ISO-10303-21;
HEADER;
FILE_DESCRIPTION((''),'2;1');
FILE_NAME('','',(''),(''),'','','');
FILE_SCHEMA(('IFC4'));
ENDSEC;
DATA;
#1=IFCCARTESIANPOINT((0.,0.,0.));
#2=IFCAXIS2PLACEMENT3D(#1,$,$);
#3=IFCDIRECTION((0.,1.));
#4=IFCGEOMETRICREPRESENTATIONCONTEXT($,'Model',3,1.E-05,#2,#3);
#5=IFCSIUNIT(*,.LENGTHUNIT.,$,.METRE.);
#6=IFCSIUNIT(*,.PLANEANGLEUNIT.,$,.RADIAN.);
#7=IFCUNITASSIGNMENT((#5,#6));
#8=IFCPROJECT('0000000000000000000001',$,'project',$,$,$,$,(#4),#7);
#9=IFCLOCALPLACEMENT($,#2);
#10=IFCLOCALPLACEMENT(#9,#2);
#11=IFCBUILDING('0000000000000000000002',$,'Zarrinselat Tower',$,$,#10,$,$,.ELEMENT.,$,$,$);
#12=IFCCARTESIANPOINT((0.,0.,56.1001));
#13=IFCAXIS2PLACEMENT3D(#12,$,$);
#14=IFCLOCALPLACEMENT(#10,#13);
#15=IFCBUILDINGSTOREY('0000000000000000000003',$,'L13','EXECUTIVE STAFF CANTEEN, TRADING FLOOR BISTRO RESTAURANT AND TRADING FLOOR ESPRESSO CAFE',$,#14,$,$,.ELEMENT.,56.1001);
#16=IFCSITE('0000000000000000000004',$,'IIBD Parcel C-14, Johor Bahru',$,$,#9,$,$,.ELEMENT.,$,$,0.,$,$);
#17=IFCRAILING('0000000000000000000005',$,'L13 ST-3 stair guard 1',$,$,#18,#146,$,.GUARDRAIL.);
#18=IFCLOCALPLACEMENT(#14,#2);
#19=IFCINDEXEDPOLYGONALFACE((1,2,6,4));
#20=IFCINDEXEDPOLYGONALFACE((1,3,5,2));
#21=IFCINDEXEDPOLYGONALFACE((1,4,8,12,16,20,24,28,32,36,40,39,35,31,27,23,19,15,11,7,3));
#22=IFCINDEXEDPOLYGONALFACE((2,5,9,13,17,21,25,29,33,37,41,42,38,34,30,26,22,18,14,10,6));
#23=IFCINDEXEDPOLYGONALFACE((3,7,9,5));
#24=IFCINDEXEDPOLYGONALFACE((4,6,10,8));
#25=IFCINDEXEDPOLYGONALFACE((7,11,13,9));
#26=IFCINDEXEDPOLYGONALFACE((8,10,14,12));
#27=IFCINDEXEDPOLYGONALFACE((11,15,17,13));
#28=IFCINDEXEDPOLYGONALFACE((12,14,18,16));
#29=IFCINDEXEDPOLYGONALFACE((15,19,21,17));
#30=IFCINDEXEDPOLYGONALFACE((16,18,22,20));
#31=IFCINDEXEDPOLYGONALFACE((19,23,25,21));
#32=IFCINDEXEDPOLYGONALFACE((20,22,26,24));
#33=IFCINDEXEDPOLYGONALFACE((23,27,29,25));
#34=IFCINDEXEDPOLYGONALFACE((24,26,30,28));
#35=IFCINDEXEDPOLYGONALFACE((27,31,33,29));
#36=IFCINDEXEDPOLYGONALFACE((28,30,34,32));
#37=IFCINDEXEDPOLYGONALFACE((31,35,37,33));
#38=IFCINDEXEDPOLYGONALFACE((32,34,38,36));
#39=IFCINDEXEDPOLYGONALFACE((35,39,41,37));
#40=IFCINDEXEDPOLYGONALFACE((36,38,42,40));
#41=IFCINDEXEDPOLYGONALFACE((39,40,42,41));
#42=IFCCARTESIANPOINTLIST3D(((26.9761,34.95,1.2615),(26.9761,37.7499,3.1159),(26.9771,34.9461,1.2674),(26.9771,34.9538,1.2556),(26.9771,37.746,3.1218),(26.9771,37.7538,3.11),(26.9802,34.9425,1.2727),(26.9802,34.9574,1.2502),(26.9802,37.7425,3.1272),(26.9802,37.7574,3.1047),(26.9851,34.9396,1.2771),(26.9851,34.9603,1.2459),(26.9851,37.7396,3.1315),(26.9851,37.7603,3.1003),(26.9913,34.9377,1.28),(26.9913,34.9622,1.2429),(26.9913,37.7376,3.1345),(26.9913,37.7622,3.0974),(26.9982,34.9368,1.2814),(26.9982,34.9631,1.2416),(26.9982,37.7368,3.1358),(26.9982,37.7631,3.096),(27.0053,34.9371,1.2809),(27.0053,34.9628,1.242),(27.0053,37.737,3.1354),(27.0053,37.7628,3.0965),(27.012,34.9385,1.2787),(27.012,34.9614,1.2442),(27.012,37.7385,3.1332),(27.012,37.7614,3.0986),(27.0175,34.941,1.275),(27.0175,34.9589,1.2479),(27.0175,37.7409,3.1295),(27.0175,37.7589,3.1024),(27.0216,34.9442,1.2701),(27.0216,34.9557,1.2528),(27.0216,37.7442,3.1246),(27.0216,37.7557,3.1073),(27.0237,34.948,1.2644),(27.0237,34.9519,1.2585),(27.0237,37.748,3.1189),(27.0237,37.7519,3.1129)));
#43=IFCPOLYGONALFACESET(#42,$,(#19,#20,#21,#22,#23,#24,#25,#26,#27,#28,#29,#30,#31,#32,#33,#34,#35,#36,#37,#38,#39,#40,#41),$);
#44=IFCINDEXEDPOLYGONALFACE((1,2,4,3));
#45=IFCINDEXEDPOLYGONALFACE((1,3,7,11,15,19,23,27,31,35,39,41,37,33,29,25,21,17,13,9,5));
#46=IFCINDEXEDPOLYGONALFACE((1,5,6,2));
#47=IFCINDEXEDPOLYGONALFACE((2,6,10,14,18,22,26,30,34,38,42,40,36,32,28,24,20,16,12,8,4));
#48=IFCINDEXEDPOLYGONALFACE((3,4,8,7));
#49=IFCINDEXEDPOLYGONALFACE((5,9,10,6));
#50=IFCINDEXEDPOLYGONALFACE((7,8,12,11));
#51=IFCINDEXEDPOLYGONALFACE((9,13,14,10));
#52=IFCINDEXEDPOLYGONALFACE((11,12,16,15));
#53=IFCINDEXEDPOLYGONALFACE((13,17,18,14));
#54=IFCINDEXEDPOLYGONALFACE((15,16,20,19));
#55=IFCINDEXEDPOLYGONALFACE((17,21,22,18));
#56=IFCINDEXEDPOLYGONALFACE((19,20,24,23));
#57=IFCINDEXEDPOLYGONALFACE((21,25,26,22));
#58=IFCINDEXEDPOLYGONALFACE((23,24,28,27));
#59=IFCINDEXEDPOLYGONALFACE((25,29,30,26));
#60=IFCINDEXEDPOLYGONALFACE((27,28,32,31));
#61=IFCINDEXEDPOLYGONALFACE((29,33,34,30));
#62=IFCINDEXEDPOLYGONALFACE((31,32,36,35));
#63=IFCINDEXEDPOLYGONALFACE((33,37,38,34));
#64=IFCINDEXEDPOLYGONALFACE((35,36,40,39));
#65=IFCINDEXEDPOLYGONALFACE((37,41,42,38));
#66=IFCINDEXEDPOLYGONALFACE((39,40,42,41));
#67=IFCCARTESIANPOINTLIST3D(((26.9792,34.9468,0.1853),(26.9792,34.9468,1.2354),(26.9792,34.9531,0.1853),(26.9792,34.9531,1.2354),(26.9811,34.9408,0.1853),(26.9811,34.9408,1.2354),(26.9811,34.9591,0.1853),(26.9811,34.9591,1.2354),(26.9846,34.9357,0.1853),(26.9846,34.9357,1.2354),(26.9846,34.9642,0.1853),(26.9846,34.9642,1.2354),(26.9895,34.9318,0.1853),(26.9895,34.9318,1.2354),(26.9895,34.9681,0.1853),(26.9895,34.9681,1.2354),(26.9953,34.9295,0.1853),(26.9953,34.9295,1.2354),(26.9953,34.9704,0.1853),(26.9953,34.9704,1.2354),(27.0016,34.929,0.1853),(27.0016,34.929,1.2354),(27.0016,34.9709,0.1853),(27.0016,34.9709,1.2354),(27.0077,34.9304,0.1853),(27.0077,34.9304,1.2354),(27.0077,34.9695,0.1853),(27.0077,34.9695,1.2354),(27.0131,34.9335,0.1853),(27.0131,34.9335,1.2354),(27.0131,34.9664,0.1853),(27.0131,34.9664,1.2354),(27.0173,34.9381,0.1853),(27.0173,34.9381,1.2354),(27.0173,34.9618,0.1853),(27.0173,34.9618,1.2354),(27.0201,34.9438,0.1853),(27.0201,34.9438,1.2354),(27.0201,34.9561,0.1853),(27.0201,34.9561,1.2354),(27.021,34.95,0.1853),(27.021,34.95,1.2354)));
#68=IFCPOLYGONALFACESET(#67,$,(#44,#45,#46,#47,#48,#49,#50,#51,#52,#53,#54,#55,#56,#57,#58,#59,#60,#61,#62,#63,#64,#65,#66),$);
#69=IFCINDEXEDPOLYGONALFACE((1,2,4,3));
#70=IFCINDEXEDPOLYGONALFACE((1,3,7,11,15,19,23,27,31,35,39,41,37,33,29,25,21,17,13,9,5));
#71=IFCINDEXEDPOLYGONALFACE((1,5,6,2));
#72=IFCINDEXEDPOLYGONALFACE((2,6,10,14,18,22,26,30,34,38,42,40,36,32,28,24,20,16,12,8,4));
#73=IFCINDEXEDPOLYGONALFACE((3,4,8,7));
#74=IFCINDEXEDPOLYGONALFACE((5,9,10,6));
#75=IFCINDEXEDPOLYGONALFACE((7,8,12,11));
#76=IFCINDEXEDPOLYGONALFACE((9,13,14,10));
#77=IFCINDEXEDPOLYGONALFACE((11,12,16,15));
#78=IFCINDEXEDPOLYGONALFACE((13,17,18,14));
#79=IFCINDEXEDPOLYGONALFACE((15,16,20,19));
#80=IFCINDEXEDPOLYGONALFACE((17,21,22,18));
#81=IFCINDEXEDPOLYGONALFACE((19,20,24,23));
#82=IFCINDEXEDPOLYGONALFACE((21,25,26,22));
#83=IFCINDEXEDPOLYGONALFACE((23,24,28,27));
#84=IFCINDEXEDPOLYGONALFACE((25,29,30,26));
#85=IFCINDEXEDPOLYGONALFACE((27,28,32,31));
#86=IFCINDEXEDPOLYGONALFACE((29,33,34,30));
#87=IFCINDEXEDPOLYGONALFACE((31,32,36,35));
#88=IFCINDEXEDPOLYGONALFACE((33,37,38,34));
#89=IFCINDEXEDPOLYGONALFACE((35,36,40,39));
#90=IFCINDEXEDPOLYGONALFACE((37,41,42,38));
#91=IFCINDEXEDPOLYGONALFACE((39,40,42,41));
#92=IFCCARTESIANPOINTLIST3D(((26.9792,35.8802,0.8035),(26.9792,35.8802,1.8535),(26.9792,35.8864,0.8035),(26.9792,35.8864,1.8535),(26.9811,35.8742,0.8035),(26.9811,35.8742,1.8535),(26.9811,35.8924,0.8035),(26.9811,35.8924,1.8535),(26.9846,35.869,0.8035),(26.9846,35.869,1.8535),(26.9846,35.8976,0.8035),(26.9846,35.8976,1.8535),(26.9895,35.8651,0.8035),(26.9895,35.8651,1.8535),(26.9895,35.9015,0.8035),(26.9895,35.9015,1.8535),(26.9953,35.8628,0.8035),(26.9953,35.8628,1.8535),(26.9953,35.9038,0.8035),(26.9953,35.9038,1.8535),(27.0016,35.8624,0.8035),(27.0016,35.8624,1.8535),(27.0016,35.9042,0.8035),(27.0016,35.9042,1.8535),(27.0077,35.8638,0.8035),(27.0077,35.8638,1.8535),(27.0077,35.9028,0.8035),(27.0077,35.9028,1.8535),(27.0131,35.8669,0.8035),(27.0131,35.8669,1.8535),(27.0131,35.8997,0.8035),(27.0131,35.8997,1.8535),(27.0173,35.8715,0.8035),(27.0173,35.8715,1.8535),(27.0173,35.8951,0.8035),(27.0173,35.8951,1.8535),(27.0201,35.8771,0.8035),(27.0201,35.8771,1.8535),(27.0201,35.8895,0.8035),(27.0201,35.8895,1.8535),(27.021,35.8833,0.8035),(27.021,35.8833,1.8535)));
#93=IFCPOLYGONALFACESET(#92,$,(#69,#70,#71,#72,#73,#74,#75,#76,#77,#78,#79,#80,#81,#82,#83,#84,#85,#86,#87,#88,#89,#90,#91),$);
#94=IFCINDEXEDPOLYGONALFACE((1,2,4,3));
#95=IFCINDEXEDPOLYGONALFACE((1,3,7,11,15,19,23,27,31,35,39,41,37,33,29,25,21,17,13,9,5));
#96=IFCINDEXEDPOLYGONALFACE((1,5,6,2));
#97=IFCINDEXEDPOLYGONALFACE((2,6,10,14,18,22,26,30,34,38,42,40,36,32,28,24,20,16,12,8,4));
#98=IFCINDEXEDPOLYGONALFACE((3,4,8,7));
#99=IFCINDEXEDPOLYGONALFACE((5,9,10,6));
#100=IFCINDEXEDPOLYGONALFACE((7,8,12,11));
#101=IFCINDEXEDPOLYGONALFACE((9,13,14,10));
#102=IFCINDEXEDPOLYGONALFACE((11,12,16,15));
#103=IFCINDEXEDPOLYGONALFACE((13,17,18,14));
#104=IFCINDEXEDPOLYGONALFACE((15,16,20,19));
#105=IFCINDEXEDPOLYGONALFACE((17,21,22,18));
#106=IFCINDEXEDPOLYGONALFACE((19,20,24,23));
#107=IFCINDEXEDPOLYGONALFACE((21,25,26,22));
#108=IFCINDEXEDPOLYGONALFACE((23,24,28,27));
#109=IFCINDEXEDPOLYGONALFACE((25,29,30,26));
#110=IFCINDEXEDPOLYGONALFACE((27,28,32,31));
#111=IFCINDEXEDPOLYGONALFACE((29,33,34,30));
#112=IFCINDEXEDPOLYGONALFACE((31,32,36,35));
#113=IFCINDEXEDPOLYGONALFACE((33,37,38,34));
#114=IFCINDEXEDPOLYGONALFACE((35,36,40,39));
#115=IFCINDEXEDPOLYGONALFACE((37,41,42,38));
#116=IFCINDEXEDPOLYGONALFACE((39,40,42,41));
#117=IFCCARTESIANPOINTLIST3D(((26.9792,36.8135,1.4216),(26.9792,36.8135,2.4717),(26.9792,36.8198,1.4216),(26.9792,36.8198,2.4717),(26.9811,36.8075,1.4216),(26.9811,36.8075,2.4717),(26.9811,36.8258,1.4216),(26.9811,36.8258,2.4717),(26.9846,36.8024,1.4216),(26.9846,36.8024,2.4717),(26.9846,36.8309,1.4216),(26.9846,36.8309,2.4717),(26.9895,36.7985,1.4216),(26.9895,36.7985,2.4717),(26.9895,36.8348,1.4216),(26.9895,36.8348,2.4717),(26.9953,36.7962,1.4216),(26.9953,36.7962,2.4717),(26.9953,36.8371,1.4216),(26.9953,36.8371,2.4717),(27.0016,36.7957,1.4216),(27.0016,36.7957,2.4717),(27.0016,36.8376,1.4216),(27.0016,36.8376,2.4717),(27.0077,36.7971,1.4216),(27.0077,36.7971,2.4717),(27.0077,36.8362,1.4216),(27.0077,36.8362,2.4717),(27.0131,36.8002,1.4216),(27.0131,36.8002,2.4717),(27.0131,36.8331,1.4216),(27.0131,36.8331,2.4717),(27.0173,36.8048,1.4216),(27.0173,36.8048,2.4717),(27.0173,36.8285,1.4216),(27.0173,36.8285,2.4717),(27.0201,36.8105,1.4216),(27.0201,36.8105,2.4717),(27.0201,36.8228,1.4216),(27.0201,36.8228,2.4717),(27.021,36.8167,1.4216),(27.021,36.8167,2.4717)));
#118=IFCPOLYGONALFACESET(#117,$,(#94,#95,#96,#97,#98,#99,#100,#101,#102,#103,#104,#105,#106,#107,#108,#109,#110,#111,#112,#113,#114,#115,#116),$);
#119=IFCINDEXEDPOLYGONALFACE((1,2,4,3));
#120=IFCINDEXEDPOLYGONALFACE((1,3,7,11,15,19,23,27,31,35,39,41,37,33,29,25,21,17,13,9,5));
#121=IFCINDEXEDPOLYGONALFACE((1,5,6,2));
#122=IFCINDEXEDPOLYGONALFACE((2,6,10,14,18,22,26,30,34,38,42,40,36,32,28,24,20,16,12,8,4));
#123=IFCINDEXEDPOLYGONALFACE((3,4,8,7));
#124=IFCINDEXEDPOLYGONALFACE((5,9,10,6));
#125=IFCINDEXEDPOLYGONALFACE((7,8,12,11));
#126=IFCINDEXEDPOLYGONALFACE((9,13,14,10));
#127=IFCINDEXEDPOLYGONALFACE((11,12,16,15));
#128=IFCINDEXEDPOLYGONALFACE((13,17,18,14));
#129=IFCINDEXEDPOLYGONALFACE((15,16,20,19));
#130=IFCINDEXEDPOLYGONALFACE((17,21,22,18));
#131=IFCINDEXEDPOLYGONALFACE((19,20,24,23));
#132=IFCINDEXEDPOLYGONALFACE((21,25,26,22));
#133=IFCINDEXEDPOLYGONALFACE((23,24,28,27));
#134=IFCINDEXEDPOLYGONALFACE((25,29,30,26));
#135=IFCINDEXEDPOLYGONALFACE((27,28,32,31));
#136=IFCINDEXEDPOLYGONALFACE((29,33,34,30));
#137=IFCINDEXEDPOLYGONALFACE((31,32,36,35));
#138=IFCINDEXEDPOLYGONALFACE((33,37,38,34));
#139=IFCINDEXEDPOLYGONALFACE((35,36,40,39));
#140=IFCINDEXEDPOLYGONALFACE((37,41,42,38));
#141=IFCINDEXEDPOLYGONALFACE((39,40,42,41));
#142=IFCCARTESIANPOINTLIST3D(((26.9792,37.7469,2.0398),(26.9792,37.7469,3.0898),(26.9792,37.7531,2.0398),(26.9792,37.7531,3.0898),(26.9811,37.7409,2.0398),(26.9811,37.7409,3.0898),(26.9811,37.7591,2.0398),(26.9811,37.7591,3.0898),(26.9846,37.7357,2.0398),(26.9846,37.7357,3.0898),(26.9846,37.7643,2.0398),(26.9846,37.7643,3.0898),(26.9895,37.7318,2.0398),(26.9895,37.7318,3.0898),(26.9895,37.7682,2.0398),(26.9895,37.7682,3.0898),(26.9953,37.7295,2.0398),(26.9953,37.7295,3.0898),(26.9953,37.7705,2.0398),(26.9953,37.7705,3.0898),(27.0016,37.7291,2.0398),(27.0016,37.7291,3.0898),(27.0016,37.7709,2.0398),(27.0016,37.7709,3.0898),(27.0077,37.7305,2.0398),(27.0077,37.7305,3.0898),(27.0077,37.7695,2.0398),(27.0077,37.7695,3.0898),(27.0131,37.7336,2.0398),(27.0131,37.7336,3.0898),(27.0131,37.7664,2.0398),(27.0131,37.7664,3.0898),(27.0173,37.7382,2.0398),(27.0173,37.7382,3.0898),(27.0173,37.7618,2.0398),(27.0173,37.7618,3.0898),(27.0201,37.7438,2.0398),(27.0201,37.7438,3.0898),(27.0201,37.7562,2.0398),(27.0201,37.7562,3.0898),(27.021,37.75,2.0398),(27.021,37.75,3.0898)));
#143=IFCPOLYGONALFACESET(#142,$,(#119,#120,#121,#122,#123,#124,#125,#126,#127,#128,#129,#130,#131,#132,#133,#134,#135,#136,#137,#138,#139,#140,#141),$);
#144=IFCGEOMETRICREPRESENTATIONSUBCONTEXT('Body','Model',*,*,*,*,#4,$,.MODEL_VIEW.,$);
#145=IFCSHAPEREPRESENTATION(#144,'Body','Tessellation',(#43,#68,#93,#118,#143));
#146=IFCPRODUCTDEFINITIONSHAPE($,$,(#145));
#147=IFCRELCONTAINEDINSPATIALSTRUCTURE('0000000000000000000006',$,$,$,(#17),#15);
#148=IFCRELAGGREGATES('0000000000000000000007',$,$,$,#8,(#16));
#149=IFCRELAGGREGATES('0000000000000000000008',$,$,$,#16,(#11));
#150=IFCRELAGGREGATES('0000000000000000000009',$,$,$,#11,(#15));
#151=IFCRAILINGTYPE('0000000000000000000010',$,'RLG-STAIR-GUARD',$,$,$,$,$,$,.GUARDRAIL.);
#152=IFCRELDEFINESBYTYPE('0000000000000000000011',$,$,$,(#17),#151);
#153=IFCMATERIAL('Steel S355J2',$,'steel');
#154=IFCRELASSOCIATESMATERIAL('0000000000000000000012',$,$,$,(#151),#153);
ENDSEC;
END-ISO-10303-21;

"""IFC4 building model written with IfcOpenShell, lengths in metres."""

from ifc_helpers import new_model, si_unit, direction, frame, origin, origin_2d, place, context, subcontext, project, spatial, circle, extrude, material, type_object, element, save


model = new_model("IFC4")

# Units and contexts
model_context = context("Model", 3, precision=1e-05, world=origin(), true_north=direction((0.0, 1.0)))
body_context = subcontext(model_context, "Body", "Model", "MODEL_VIEW")
ifc_project = project(units=[si_unit("LENGTHUNIT", "METRE"), si_unit("PLANEANGLEUNIT", "RADIAN")], contexts=[model_context])

# Site, building, storey
site_placement = place(None, origin())
site = spatial("IfcSite", under=ifc_project, at=site_placement, Name="IIBD Parcel C-14, Johor Bahru", CompositionType="ELEMENT", RefElevation=0.0)
building_placement = place(site_placement, origin())
building = spatial("IfcBuilding", under=site, at=building_placement, Name="Zarrinselat Tower", CompositionType="ELEMENT")
storey_placement = place(building_placement, frame((0.0, 0.0, 56.1001)))
storey = spatial("IfcBuildingStorey", under=building, at=storey_placement, Name="L13", Description="EXECUTIVE STAFF CANTEEN, TRADING FLOOR BISTRO RESTAURANT AND TRADING FLOOR ESPRESSO CAFE", CompositionType="ELEMENT", Elevation=56.1001)

# Railing
ifc_material_1 = material(Name="Steel S355J2", Category="steel")
railing_type_1 = type_object("IfcRailingType", Name="RLG-STAIR-GUARD", PredefinedType="GUARDRAIL", material=ifc_material_1)
railing_1_placement = place(storey_placement, frame((27.0, 34.95, 0.1853)))
element("IfcRailing", 1, at=railing_1_placement, inside=storey, type_object=railing_type_1, Name="L13 ST-3 stair guard 1", PredefinedType="GUARDRAIL", context=body_context, shape_type="SweptSolid", body=[
    extrude(circle(Radius=0.0239, at=origin_2d()), frame((0.0, 0.0, 1.0762), z_axis=(0.0, 0.833724, 0.552181), x_axis=(-1.0, 0.0, 0.0)), (0.0, 0.0, 1.0), 3.3584),
    extrude(circle(Radius=0.021, at=origin_2d()), origin(), (0.0, 0.0, 1.0), 1.05),
    extrude(circle(Radius=0.021, at=origin_2d()), frame((0.0, 0.9333, 0.6182)), (0.0, 0.0, 1.0), 1.05),
    extrude(circle(Radius=0.021, at=origin_2d()), frame((0.0, 1.8667, 1.2363)), (0.0, 0.0, 1.0), 1.05),
    extrude(circle(Radius=0.021, at=origin_2d()), frame((0.0, 2.8, 1.8545)), (0.0, 0.0, 1.0), 1.05),
])

save(model, "model.ifc")
